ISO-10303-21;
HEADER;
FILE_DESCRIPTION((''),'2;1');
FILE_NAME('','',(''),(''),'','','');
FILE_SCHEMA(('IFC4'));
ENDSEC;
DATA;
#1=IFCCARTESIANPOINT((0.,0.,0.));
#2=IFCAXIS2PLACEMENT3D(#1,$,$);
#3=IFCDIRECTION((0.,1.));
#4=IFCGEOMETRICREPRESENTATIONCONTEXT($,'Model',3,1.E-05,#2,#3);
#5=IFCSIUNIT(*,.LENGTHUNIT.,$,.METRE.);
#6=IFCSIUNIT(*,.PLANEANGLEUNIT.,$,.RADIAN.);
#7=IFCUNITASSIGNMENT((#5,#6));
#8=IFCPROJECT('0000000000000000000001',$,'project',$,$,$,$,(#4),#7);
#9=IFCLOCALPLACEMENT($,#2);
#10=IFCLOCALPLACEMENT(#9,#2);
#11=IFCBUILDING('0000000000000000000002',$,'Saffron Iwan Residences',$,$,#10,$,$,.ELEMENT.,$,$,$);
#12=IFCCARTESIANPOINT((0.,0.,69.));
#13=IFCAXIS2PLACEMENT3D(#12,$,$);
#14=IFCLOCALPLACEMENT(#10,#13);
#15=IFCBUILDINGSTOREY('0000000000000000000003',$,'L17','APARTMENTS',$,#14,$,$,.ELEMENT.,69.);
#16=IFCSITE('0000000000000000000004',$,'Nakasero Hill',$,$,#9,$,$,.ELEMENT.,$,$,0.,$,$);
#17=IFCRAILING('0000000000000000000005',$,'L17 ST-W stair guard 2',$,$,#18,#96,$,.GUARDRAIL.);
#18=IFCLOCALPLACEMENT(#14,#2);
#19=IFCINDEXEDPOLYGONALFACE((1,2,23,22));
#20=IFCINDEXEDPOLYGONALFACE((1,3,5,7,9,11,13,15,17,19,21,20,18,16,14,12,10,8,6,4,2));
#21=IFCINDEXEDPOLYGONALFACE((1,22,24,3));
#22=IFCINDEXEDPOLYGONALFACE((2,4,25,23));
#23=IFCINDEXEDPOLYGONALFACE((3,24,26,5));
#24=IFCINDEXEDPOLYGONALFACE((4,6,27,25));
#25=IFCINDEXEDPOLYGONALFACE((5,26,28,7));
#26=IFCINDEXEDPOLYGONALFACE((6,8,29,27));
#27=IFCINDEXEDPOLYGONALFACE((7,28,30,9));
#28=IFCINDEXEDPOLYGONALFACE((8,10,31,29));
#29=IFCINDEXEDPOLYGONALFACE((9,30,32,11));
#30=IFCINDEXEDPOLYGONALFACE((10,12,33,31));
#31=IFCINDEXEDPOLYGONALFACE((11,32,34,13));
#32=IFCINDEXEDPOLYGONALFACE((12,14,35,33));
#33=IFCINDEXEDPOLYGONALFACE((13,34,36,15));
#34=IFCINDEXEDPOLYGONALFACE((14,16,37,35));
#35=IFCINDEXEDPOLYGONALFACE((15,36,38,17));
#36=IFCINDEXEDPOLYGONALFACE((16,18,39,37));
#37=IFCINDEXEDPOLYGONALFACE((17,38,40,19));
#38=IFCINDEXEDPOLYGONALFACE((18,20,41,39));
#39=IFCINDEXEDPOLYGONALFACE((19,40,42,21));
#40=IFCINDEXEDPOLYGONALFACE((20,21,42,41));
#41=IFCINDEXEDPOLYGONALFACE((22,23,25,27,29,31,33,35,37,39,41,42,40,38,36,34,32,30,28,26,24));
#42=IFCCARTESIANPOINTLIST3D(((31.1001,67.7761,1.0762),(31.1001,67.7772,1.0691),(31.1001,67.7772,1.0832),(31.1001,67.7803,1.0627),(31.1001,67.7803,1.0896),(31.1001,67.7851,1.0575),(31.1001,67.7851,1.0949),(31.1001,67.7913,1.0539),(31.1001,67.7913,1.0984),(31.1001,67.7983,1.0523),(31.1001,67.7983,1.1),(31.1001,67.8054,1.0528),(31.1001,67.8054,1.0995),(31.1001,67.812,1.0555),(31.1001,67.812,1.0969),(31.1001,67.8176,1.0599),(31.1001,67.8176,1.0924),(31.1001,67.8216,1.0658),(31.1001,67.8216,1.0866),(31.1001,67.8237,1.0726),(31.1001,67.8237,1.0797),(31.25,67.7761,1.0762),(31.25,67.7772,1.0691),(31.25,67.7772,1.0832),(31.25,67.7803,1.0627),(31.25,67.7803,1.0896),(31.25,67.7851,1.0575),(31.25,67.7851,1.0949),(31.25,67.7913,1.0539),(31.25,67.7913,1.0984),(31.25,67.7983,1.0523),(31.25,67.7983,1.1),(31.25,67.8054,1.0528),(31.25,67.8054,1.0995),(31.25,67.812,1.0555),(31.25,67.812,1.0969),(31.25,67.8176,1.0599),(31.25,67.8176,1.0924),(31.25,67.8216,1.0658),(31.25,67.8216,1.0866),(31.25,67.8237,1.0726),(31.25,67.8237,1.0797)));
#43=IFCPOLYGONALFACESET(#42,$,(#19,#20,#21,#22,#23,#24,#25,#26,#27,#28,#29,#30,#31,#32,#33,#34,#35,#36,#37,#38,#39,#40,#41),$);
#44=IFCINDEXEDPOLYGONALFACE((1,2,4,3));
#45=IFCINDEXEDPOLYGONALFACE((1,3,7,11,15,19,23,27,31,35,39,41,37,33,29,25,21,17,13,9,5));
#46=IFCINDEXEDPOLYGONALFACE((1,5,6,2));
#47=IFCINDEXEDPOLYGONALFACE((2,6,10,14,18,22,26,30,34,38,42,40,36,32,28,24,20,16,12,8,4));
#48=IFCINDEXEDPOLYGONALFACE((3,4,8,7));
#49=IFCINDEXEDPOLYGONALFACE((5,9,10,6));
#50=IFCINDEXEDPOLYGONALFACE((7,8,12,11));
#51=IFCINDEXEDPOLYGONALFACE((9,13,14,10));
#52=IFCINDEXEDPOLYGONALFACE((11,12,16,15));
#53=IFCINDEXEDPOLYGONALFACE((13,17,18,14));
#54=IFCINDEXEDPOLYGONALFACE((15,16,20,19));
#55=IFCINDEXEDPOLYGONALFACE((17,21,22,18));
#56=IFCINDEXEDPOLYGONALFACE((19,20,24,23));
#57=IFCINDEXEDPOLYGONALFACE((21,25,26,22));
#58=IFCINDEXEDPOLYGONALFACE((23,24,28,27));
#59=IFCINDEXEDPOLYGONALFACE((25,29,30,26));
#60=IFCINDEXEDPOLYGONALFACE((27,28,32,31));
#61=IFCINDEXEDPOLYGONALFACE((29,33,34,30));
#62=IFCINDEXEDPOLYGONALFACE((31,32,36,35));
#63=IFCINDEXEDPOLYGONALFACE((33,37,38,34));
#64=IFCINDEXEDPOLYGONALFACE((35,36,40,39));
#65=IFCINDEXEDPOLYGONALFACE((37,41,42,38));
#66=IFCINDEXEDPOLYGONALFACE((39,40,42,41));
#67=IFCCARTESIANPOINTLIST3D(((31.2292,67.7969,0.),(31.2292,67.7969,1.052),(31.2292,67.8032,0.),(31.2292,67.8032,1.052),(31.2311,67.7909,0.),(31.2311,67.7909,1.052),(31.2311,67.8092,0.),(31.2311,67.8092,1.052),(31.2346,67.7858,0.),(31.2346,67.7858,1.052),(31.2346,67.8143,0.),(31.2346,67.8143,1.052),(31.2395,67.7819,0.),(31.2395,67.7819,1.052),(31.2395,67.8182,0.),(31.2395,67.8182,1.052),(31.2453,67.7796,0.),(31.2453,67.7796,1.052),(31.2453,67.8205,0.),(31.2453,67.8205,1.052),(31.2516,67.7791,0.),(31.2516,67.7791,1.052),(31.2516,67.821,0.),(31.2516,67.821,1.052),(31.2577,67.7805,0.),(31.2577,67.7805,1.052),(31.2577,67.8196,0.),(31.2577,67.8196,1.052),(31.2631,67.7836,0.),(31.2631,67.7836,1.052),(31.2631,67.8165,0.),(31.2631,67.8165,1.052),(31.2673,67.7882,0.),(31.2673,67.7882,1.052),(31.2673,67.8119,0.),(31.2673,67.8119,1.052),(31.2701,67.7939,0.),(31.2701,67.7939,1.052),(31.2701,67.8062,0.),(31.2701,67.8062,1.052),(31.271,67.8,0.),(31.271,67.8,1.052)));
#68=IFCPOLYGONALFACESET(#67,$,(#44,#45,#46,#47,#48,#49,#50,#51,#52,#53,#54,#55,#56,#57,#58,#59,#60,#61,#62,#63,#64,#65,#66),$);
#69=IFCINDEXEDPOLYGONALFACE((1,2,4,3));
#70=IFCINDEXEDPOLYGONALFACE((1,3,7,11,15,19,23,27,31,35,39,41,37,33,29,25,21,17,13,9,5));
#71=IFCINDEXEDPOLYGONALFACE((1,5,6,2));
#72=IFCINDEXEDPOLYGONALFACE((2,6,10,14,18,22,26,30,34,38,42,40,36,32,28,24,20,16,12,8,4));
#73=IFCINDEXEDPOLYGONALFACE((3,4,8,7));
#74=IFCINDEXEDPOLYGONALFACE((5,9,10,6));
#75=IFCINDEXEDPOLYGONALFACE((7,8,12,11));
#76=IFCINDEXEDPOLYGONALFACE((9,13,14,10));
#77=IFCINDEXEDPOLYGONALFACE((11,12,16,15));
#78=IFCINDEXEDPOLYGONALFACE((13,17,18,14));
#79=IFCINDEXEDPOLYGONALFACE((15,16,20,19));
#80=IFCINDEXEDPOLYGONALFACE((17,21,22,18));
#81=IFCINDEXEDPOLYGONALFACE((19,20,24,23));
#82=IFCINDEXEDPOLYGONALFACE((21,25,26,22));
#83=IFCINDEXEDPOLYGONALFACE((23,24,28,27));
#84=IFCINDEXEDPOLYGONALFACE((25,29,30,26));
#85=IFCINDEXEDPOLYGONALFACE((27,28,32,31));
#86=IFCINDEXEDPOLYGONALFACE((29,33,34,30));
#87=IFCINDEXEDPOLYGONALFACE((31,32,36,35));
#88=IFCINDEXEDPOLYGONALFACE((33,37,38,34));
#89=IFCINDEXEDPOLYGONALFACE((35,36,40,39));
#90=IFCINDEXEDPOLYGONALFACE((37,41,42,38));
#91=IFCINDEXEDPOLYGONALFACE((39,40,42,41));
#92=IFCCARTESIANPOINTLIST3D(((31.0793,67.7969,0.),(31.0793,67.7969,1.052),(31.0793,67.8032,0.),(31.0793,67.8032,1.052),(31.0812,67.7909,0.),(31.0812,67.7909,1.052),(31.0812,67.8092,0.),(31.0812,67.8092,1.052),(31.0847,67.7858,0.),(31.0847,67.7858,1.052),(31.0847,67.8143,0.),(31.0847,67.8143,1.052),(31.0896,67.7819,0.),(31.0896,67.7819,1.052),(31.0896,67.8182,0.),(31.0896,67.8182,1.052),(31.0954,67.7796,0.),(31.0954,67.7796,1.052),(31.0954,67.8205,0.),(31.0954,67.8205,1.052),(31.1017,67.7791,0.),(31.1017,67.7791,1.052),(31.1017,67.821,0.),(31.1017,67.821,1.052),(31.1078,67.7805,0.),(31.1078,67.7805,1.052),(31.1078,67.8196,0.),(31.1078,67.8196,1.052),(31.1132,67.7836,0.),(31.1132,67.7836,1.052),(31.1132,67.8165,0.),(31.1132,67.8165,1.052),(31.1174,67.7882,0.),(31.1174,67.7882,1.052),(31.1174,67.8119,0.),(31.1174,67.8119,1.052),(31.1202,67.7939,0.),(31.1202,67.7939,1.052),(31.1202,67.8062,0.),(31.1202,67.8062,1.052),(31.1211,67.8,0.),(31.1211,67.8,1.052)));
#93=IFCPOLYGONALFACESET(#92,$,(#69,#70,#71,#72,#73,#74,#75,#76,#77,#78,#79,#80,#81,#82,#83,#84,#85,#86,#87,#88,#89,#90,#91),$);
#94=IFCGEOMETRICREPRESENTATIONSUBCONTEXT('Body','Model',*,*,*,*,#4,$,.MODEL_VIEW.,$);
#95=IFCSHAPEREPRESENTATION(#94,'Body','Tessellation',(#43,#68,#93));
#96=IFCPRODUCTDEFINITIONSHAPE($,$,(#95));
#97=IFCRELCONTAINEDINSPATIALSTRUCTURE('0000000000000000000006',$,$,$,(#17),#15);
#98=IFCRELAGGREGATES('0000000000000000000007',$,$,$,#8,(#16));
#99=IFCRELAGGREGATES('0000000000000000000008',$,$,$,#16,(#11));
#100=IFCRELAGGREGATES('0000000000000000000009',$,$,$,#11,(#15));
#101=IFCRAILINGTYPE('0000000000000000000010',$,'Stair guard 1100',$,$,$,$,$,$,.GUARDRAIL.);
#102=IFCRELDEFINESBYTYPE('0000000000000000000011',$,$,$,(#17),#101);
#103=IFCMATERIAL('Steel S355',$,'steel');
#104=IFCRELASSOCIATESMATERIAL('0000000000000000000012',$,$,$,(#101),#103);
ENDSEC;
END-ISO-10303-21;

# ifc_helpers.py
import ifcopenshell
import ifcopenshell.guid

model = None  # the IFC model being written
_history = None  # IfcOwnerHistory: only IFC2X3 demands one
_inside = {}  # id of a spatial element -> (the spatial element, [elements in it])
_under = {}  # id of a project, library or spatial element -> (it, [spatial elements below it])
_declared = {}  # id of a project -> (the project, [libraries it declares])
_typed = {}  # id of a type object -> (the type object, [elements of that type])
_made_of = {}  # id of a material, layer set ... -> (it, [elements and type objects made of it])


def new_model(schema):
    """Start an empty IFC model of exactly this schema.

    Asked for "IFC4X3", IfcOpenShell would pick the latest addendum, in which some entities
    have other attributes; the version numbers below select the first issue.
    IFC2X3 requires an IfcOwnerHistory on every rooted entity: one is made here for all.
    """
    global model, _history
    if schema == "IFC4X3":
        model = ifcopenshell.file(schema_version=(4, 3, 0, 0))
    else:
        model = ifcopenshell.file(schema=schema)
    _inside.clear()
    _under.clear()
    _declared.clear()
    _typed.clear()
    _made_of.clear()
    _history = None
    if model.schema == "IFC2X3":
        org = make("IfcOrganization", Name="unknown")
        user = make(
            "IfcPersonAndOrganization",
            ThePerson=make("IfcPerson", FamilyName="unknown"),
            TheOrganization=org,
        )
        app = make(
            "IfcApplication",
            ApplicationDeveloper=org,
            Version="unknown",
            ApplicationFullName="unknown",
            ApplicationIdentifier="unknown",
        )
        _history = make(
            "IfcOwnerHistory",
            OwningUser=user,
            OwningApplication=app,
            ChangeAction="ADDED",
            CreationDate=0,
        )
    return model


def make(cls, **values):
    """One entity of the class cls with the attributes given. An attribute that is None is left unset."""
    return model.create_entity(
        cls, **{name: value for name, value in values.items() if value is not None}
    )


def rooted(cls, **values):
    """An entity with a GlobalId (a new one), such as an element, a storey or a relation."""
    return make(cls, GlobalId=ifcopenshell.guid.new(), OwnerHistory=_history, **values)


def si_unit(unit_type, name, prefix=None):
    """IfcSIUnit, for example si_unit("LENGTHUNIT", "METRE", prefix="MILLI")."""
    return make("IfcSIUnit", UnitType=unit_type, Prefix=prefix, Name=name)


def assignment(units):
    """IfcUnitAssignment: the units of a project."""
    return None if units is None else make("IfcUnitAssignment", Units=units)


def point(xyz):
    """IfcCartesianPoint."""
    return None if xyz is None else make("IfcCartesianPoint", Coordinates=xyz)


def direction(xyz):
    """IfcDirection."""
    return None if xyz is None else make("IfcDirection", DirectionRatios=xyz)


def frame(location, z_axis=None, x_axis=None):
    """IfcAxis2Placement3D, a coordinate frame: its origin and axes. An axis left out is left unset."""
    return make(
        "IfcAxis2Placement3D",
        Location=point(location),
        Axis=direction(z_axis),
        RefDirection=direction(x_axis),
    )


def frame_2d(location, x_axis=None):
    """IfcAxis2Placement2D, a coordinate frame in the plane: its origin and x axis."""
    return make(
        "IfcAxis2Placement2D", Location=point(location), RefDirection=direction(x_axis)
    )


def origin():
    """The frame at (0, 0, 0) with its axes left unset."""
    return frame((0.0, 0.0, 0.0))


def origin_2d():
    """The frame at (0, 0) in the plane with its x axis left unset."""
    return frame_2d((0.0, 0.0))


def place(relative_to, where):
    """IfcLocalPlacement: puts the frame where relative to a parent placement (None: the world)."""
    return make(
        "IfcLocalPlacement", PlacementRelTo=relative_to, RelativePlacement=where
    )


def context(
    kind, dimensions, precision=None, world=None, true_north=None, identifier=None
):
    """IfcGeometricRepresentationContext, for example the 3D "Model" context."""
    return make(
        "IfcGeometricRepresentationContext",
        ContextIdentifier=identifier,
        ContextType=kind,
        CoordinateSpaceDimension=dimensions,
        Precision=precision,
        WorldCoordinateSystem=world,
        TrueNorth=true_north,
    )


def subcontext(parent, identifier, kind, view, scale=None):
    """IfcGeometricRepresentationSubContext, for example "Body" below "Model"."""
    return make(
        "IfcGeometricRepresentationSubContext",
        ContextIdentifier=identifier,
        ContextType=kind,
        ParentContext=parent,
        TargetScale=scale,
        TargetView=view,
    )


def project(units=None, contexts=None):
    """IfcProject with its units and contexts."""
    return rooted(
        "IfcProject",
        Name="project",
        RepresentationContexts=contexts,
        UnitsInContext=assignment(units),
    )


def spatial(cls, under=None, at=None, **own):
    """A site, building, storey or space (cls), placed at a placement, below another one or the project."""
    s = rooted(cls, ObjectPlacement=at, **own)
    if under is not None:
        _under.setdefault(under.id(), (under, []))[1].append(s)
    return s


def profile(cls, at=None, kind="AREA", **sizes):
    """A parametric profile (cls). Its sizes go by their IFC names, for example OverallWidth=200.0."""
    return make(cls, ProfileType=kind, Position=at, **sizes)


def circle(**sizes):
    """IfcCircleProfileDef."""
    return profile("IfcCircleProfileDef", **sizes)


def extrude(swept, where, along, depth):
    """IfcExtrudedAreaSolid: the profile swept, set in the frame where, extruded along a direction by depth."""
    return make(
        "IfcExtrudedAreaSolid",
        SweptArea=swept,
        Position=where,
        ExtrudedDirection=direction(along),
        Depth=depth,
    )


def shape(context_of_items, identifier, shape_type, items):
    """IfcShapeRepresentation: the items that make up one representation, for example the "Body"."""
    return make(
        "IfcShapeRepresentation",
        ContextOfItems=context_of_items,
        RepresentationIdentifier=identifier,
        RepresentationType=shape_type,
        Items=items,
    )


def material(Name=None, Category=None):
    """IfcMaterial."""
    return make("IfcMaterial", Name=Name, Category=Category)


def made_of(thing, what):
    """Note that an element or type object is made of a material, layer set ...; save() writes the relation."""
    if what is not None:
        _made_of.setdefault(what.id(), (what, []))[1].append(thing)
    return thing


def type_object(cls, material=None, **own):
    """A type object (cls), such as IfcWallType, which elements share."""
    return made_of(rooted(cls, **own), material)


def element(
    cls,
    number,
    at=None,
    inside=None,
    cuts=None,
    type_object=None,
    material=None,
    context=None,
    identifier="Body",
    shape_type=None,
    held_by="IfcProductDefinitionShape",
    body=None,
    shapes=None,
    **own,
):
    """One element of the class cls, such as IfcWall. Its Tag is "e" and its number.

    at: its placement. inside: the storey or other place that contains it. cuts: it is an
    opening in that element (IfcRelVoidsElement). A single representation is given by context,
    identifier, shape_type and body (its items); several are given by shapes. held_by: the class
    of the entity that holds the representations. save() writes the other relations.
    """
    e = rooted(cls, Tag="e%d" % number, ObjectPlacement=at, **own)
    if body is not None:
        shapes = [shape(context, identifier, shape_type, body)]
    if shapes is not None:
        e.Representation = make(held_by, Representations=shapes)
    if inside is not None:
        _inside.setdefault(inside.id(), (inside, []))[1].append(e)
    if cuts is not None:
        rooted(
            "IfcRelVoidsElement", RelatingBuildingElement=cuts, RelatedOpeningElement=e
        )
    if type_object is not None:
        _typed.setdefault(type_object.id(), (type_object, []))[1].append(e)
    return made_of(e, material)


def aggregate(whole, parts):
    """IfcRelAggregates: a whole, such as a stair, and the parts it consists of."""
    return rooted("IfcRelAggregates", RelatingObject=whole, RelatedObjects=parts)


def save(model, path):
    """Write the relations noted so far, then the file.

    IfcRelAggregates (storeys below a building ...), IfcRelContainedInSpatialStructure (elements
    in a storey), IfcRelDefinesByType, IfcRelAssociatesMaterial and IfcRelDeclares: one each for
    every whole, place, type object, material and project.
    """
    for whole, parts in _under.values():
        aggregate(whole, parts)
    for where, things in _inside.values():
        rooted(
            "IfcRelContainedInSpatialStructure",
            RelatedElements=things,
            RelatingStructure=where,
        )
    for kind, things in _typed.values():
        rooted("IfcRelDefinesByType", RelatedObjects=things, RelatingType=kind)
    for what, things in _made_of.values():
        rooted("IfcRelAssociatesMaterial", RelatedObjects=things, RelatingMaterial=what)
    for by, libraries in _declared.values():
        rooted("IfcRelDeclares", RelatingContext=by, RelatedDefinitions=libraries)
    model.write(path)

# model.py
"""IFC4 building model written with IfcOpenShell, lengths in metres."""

from ifc_helpers import new_model, si_unit, direction, frame, origin, origin_2d, place, context, subcontext, project, spatial, circle, extrude, material, type_object, element, save


model = new_model("IFC4")

# Units and contexts
model_context = context("Model", 3, precision=1e-05, world=origin(), true_north=direction((0.0, 1.0)))
body_context = subcontext(model_context, "Body", "Model", "MODEL_VIEW")
ifc_project = project(units=[si_unit("LENGTHUNIT", "METRE"), si_unit("PLANEANGLEUNIT", "RADIAN")], contexts=[model_context])

# Site, building, storey
site_placement = place(None, origin())
site = spatial("IfcSite", under=ifc_project, at=site_placement, Name="Nakasero Hill", CompositionType="ELEMENT", RefElevation=0.0)
building_placement = place(site_placement, origin())
building = spatial("IfcBuilding", under=site, at=building_placement, Name="Saffron Iwan Residences", CompositionType="ELEMENT")
storey_placement = place(building_placement, frame((0.0, 0.0, 69.0)))
storey = spatial("IfcBuildingStorey", under=building, at=storey_placement, Name="L17", Description="APARTMENTS", CompositionType="ELEMENT", Elevation=69.0)

# Railing
ifc_material_1 = material(Name="Steel S355", Category="steel")
railing_type_1 = type_object("IfcRailingType", Name="Stair guard 1100", PredefinedType="GUARDRAIL", material=ifc_material_1)
railing_1_placement = place(storey_placement, frame((31.25, 67.8, 0.0)))
element("IfcRailing", 1, at=railing_1_placement, inside=storey, type_object=railing_type_1, Name="L17 ST-W stair guard 2", PredefinedType="GUARDRAIL", context=body_context, shape_type="SweptSolid", body=[
    extrude(circle(Radius=0.0239, at=origin_2d()), frame((0.0, 0.0, 1.0762), z_axis=(-1.0, 0.0, 0.0), x_axis=(0.0, -1.0, 0.0)), (0.0, 0.0, 1.0), 0.1499),
    extrude(circle(Radius=0.021, at=origin_2d()), origin(), (0.0, 0.0, 1.0), 1.052),
    extrude(circle(Radius=0.021, at=origin_2d()), frame((-0.1499, 0.0, 0.0)), (0.0, 0.0, 1.0), 1.052),
])

save(model, "model.ifc")
